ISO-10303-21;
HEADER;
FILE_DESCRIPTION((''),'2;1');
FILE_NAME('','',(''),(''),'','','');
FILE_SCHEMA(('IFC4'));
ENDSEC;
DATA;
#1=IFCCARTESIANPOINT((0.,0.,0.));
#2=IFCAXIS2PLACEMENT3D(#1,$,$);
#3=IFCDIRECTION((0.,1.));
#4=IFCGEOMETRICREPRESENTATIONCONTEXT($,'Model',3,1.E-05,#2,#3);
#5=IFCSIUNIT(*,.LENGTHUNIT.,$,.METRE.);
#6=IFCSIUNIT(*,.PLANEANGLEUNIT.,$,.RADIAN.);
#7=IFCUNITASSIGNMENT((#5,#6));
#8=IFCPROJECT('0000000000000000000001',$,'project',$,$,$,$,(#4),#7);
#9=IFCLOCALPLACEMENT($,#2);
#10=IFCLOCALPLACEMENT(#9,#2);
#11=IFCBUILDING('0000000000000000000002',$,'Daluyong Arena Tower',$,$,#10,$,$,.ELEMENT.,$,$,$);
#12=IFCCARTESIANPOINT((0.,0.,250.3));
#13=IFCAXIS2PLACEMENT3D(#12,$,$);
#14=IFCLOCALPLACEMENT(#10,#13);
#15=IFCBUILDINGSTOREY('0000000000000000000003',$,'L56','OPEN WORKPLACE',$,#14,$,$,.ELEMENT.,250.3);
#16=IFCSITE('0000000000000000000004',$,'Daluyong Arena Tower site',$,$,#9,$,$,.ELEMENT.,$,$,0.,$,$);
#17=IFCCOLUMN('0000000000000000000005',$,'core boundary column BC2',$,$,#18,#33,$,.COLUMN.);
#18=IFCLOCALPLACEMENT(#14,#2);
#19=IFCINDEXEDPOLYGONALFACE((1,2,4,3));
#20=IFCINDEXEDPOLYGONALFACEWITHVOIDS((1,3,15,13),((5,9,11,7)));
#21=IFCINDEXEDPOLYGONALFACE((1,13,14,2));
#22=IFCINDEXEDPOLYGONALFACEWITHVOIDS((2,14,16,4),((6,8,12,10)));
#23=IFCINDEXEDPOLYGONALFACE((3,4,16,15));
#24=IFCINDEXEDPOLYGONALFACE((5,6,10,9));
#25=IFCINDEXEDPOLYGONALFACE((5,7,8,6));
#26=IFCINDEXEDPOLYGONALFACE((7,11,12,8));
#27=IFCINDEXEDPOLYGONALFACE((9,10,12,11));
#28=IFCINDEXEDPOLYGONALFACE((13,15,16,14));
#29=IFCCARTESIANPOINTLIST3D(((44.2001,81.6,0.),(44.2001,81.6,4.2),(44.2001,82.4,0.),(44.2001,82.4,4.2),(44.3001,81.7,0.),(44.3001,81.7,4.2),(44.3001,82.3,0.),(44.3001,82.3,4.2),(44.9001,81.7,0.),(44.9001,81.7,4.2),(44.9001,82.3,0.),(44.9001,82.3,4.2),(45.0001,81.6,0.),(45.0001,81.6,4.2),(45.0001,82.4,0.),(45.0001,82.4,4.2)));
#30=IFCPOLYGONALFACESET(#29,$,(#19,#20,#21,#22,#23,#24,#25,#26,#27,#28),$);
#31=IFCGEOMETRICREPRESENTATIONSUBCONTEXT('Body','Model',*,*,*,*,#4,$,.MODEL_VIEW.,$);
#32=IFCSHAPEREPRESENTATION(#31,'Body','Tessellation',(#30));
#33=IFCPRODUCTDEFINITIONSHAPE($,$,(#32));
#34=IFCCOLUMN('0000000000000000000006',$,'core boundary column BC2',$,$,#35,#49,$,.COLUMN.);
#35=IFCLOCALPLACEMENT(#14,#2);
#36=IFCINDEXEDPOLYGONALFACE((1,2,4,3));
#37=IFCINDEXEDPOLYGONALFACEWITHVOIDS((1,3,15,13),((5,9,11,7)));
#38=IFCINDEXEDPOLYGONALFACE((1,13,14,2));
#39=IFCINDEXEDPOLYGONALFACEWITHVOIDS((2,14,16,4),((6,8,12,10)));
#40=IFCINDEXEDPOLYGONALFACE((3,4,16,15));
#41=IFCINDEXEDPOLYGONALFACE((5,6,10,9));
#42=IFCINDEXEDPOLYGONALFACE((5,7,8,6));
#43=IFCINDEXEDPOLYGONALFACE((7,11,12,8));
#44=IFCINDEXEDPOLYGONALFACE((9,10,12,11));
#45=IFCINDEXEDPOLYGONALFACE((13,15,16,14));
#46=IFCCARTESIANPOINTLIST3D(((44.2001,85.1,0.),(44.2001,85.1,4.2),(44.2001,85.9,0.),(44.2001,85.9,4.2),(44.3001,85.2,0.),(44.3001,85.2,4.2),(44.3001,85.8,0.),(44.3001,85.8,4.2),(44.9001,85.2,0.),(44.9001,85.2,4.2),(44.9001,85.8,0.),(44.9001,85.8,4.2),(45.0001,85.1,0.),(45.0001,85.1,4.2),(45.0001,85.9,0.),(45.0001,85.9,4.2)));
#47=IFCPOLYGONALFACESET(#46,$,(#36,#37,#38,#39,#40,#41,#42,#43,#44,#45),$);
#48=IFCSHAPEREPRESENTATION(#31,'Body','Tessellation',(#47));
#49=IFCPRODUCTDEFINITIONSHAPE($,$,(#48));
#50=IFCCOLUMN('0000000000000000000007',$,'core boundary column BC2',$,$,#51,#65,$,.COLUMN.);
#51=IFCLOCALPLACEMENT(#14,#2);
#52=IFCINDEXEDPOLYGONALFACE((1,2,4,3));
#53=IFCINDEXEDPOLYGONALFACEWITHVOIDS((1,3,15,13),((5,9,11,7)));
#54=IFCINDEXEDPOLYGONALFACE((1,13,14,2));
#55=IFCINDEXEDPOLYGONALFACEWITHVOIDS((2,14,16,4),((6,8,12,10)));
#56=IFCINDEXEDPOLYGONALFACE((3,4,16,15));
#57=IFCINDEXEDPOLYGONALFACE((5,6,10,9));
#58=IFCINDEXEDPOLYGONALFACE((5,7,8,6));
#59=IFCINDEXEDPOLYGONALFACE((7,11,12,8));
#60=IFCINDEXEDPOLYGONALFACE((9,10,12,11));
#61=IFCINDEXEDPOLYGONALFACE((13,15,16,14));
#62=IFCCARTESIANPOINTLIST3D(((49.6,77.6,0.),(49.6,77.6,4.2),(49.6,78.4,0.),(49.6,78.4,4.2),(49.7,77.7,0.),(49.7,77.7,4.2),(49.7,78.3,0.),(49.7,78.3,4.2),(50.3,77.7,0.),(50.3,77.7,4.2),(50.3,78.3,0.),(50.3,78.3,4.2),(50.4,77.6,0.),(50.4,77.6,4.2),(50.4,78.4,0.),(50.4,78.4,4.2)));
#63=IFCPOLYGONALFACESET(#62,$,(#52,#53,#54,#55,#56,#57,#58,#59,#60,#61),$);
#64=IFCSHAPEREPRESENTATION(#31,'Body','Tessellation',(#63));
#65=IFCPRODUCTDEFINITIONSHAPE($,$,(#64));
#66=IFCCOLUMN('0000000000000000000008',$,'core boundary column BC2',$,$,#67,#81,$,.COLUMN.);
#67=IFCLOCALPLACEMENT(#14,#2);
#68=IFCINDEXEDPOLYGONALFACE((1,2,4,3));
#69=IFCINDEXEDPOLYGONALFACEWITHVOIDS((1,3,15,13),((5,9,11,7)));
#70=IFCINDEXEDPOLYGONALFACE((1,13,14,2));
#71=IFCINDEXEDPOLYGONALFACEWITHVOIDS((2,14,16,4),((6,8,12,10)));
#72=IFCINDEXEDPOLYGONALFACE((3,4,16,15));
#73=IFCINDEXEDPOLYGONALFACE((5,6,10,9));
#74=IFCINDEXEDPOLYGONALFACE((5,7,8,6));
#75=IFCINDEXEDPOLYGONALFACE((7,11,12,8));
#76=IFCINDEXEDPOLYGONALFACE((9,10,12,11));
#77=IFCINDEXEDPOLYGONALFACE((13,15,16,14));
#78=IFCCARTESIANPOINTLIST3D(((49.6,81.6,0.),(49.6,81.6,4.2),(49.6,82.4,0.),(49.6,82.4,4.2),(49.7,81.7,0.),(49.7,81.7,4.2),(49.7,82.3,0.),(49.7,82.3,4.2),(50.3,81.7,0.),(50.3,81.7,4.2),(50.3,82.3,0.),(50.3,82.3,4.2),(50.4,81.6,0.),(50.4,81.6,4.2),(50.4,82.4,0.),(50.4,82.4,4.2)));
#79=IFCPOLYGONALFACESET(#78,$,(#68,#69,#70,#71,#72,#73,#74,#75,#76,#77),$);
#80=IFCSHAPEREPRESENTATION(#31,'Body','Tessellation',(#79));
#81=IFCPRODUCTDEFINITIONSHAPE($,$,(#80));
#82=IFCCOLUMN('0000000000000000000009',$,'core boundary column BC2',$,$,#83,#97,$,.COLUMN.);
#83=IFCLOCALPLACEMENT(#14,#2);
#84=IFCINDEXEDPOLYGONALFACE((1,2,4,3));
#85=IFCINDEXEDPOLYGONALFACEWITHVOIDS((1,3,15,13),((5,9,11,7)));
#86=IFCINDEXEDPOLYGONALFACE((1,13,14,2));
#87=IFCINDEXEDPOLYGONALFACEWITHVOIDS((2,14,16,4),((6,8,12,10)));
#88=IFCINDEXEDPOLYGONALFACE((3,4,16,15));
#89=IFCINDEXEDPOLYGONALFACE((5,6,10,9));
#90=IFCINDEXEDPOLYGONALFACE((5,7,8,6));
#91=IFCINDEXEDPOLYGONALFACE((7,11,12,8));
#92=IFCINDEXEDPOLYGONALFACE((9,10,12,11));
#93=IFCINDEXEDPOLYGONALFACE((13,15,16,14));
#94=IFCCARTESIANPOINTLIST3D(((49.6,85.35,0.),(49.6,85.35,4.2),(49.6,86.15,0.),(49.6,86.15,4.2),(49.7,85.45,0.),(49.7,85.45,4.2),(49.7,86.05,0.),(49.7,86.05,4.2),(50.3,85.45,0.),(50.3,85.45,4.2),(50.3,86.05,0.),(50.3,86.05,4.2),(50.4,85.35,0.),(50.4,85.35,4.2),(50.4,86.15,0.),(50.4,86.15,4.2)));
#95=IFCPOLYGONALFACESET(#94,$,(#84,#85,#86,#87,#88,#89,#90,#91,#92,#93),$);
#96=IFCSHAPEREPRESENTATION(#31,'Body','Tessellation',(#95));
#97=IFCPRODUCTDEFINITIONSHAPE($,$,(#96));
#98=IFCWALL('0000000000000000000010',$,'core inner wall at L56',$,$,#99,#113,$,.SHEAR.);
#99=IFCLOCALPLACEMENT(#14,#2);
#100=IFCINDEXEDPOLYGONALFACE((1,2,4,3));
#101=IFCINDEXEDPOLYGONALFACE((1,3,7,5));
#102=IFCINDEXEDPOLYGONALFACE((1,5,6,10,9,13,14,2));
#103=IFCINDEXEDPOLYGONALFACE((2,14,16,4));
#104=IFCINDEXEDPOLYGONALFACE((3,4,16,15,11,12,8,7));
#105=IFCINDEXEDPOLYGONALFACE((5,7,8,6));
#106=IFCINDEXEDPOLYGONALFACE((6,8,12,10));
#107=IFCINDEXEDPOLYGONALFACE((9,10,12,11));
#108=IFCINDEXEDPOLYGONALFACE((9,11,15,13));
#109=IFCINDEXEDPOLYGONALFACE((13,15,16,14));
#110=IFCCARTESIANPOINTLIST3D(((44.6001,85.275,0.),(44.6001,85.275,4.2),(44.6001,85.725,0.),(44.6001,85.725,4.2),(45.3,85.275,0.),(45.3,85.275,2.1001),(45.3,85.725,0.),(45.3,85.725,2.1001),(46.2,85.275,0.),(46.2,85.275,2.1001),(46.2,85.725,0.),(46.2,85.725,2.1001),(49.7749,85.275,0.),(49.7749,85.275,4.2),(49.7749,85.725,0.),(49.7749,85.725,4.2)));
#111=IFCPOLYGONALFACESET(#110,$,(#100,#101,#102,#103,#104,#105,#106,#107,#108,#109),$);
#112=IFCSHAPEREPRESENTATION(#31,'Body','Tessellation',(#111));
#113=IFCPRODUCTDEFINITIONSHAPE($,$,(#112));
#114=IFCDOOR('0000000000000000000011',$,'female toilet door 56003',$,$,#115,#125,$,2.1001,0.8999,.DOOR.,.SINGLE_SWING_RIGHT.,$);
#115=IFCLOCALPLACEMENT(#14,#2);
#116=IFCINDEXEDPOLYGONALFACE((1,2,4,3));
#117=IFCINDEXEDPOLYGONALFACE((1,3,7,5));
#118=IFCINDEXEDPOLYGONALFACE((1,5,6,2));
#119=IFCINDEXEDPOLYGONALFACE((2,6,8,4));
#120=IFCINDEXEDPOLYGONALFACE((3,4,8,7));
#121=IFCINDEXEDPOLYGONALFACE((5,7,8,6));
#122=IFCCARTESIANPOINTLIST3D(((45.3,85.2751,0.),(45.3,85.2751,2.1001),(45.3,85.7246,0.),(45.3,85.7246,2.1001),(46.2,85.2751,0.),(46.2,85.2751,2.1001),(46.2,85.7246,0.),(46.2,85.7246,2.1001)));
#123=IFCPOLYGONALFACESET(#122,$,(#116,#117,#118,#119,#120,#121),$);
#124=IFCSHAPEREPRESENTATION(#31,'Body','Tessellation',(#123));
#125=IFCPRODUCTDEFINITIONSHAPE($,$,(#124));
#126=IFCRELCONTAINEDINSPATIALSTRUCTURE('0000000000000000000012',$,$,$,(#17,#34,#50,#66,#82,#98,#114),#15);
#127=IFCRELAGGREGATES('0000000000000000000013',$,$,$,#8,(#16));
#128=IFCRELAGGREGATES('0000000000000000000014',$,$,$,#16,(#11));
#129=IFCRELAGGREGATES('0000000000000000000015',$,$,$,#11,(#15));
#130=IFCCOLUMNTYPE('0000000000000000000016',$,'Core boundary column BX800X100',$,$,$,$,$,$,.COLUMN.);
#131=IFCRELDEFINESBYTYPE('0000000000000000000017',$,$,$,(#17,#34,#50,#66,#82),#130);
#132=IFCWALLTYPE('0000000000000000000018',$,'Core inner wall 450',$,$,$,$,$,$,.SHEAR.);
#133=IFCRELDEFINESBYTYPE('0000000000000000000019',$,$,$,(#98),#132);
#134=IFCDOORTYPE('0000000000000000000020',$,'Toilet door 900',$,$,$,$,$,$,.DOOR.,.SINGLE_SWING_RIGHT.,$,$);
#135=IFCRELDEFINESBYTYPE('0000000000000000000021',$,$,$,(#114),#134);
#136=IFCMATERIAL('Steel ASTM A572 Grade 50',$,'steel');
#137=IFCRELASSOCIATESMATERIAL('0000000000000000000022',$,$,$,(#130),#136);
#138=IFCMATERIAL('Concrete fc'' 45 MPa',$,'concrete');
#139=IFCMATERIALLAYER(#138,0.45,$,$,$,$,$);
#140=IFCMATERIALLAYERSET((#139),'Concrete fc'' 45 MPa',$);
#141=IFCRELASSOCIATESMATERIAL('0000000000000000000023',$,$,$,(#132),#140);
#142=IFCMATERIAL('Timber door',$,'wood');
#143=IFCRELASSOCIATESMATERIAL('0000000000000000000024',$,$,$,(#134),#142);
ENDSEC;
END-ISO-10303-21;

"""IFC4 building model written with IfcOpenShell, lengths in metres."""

from ifc_helpers import new_model, si_unit, direction, frame, frame_2d, origin, origin_2d, place, context, subcontext, project, spatial, rectangle, hollow_rectangle, extrude, material, layer, layer_set, material_profile, profile_set, type_object, element, fill, save


model = new_model("IFC4")

# Units and contexts
model_context = context("Model", 3, precision=1e-05, world=origin(), true_north=direction((0.0, 1.0)))
body_context = subcontext(model_context, "Body", "Model", "MODEL_VIEW")
ifc_project = project(units=[si_unit("LENGTHUNIT", "METRE"), si_unit("PLANEANGLEUNIT", "RADIAN")], contexts=[model_context])

# Site, building, storey
site_placement = place(None, origin())
site = spatial("IfcSite", under=ifc_project, at=site_placement, Name="Daluyong Arena Tower site", CompositionType="ELEMENT", RefElevation=0.0)
building_placement = place(site_placement, origin())
building = spatial("IfcBuilding", under=site, at=building_placement, Name="Daluyong Arena Tower", CompositionType="ELEMENT")
storey_placement = place(building_placement, frame((0.0, 0.0, 250.3)))
storey = spatial("IfcBuildingStorey", under=building, at=storey_placement, Name="L56", Description="OPEN WORKPLACE", CompositionType="ELEMENT", Elevation=250.3)

# Columns
ifc_material_1 = material(Name="Steel ASTM A572 Grade 50", Category="steel")
ifc_material_profile = material_profile(ifc_material_1, hollow_rectangle(XDim=0.8, YDim=0.8, WallThickness=0.1, at=origin_2d()))
ifc_profile_set = profile_set([ifc_material_profile], Name="Steel ASTM A572 Grade 50")
column_type = type_object("IfcColumnType", Name="Core boundary column BX800X100", PredefinedType="COLUMN", material=ifc_profile_set)
for number, where, z_axis, x_axis, name in (
    (1, (44.6001, 82.0, 0.0), (0.0, 0.0, 1.0), (1.0, 0.0, 0.0), "core boundary column BC2"),
    (2, (44.6001, 85.5, 0.0), (0.0, 0.0, 1.0), (1.0, 0.0, 0.0), "core boundary column BC2"),
    (3, (50.0, 78.0, 0.0), (0.0, 0.0, 1.0), (1.0, 0.0, 0.0), "core boundary column BC2"),
    (4, (50.0, 82.0, 0.0), (0.0, 0.0, 1.0), (1.0, 0.0, 0.0), "core boundary column BC2"),
    (5, (50.0, 85.75, 0.0), (0.0, 0.0, 1.0), (1.0, 0.0, 0.0), "core boundary column BC2"),
):
    element("IfcColumn", number, at=place(storey_placement, frame(where, z_axis=z_axis, x_axis=x_axis)), inside=storey, type_object=column_type, Name=name, PredefinedType="COLUMN", context=body_context, shape_type="SweptSolid", body=[
        extrude(hollow_rectangle(XDim=0.8, YDim=0.8, WallThickness=0.1, at=origin_2d()), origin(), (0.0, 0.0, 1.0), 4.2),
    ])

# Wall, opening, door
ifc_material_2 = material(Name="Concrete fc' 45 MPa", Category="concrete")
ifc_layer_1 = layer(ifc_material_2, 0.45)
ifc_layer_set_1 = layer_set([ifc_layer_1], Name="Concrete fc' 45 MPa")
wall_type_1 = type_object("IfcWallType", Name="Core inner wall 450", PredefinedType="SHEAR", material=ifc_layer_set_1)
wall_1_placement = place(storey_placement, frame((44.6001, 85.5, 0.0), z_axis=(0.0, 0.0, 1.0), x_axis=(1.0, 0.0, 0.0)))
wall_1 = element("IfcWall", 6, at=wall_1_placement, inside=storey, type_object=wall_type_1, Name="core inner wall at L56", PredefinedType="SHEAR", context=body_context, shape_type="SweptSolid", body=[
    extrude(rectangle(XDim=5.1748, YDim=0.45, at=frame_2d((2.5874, 0.0))), origin(), (0.0, 0.0, 1.0), 4.2),
])
opening_1_placement = place(wall_1_placement, frame((0.7, 0.0, 0.0)))
opening_1 = element("IfcOpeningElement", 7, at=opening_1_placement, cuts=wall_1, PredefinedType="OPENING", context=body_context, shape_type="SweptSolid", body=[
    extrude(rectangle(XDim=0.8999, YDim=2.1001, at=frame_2d((0.45, 1.05))), frame((0.0, 0.2349, 0.0), z_axis=(0.0, -1.0, 0.0), x_axis=(1.0, 0.0, 0.0)), (0.0, 0.0, 1.0), 0.47),
])
ifc_material_3 = material(Name="Timber door", Category="wood")
door_type_1 = type_object("IfcDoorType", Name="Toilet door 900", OperationType="SINGLE_SWING_RIGHT", PredefinedType="DOOR", material=ifc_material_3)
door_1_placement = place(opening_1_placement, origin())
door_1 = element("IfcDoor", 8, at=door_1_placement, inside=storey, type_object=door_type_1, Name="female toilet door 56003", OperationType="SINGLE_SWING_RIGHT", OverallHeight=2.1001, OverallWidth=0.8999, PredefinedType="DOOR", context=body_context, shape_type="SweptSolid", body=[
    extrude(rectangle(XDim=0.8999, YDim=2.1001, at=frame_2d((0.45, 1.05))), frame((0.0, 0.2246, 0.0), z_axis=(0.0, -1.0, 0.0), x_axis=(1.0, 0.0, 0.0)), (0.0, 0.0, 1.0), 0.4495),
])
fill(opening_1, door_1)

save(model, "model.ifc")
